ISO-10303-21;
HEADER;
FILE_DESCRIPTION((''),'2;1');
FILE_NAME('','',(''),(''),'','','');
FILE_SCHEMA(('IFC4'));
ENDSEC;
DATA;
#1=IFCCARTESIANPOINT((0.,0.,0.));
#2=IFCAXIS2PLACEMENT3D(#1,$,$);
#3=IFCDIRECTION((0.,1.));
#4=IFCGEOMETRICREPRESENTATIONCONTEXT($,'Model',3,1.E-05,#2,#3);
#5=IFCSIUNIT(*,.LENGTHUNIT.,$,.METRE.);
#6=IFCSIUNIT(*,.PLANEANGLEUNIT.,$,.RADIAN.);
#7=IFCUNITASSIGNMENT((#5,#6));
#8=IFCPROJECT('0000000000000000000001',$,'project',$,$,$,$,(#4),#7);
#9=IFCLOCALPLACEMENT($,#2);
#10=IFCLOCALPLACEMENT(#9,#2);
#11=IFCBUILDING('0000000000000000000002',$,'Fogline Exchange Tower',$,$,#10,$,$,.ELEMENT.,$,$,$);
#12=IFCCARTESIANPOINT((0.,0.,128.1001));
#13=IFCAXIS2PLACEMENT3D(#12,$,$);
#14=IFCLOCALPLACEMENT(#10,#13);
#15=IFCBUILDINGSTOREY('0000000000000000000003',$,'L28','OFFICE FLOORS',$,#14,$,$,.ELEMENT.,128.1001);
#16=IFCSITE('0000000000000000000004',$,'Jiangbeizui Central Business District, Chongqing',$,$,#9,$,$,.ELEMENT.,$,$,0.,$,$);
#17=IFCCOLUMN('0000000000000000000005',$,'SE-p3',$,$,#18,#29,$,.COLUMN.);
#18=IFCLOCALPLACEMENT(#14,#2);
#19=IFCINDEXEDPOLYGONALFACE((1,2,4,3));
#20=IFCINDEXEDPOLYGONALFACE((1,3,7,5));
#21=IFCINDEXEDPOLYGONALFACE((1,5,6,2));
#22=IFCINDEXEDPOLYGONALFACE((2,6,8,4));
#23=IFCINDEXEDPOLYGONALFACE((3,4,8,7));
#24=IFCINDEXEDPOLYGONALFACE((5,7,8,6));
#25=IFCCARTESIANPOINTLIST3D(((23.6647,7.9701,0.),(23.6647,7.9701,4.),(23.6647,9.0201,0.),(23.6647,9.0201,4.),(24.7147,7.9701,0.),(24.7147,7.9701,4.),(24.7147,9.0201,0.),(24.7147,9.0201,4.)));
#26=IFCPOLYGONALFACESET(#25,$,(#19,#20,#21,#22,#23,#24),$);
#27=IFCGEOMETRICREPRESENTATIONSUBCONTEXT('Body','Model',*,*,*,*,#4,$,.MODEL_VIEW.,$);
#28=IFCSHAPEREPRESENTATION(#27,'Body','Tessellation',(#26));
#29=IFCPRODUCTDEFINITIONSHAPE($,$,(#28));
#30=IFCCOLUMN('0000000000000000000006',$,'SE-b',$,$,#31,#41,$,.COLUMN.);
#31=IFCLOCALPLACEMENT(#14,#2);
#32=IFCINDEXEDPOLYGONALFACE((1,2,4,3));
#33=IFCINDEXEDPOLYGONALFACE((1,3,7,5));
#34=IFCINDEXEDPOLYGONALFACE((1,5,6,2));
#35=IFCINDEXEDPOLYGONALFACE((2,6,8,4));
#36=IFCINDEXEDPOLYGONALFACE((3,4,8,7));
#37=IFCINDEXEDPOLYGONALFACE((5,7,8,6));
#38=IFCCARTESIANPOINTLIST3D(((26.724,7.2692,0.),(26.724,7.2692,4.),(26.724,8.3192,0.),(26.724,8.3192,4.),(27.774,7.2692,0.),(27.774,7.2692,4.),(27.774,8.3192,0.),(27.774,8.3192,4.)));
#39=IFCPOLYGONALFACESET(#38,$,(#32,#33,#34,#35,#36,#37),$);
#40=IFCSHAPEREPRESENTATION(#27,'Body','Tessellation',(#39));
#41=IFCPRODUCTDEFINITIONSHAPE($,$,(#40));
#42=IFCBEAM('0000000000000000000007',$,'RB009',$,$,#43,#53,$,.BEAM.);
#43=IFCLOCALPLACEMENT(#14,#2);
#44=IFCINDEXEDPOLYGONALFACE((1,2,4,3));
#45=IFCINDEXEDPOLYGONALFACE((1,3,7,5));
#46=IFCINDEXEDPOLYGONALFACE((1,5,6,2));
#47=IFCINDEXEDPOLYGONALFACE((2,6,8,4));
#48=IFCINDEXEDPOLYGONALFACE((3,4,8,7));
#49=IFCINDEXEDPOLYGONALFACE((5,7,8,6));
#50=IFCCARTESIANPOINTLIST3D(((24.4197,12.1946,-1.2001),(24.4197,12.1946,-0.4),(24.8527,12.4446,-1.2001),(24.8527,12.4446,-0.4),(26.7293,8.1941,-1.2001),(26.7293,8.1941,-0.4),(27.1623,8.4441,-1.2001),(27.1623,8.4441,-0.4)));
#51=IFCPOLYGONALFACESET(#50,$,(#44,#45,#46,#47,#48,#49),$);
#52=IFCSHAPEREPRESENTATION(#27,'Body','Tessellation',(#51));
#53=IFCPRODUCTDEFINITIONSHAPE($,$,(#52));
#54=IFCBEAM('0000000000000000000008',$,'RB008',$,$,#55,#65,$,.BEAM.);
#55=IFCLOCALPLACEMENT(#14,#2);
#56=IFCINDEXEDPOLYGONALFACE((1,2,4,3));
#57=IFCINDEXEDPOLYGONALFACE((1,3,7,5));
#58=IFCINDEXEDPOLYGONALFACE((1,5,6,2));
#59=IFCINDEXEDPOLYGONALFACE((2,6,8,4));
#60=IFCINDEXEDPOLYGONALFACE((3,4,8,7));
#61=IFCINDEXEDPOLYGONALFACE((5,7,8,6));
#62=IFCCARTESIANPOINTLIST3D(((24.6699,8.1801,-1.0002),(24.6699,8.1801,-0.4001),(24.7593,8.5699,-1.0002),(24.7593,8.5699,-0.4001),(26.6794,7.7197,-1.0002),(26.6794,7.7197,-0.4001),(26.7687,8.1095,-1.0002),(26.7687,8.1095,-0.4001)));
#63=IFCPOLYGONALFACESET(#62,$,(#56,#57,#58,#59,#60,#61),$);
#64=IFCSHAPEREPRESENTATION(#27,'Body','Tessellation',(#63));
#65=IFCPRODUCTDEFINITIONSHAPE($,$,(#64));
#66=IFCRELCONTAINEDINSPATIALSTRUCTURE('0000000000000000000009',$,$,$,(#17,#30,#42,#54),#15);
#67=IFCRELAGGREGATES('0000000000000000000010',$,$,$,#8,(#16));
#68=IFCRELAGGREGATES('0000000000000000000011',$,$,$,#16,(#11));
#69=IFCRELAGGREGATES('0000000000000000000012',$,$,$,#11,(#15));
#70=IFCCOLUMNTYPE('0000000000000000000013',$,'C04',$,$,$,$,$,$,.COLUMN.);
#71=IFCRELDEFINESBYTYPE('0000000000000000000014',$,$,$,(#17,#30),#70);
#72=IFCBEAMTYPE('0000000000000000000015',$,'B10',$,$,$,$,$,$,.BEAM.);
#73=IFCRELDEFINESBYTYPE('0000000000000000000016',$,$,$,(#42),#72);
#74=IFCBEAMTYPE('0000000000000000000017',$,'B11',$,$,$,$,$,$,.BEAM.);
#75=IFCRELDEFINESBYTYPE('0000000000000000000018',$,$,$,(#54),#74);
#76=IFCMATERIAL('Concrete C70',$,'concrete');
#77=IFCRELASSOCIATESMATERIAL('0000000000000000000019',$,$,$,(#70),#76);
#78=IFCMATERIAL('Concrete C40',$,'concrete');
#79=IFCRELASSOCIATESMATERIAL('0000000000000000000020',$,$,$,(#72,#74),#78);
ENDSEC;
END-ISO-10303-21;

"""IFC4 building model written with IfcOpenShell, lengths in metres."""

from ifc_helpers import new_model, si_unit, direction, frame, origin, origin_2d, place, context, subcontext, project, spatial, rectangle, extrude, material, material_profile, profile_set, type_object, element, save


model = new_model("IFC4")

# Units and contexts
model_context = context("Model", 3, precision=1e-05, world=origin(), true_north=direction((0.0, 1.0)))
body_context = subcontext(model_context, "Body", "Model", "MODEL_VIEW")
ifc_project = project(units=[si_unit("LENGTHUNIT", "METRE"), si_unit("PLANEANGLEUNIT", "RADIAN")], contexts=[model_context])

# Site, building, storey
site_placement = place(None, origin())
site = spatial("IfcSite", under=ifc_project, at=site_placement, Name="Jiangbeizui Central Business District, Chongqing", CompositionType="ELEMENT", RefElevation=0.0)
building_placement = place(site_placement, origin())
building = spatial("IfcBuilding", under=site, at=building_placement, Name="Fogline Exchange Tower", CompositionType="ELEMENT")
storey_placement = place(building_placement, frame((0.0, 0.0, 128.1001)))
storey = spatial("IfcBuildingStorey", under=building, at=storey_placement, Name="L28", Description="OFFICE FLOORS", CompositionType="ELEMENT", Elevation=128.1001)

# Columns
ifc_material_1 = material(Name="Concrete C70", Category="concrete")
ifc_material_profile_1 = material_profile(ifc_material_1, rectangle(XDim=1.05, YDim=1.05, at=origin_2d()), Name="RC 1050x1050")
ifc_profile_set_1 = profile_set([ifc_material_profile_1], Name="Concrete C70")
column_type = type_object("IfcColumnType", Name="C04", PredefinedType="COLUMN", material=ifc_profile_set_1)
for number, where, z_axis, x_axis, name in (
    (1, (24.1897, 8.4951, 0.0), (0.0, 0.0, 1.0), (1.0, 0.0, 0.0), "SE-p3"),
    (2, (27.249, 7.7942, 0.0), (0.0, 0.0, 1.0), (1.0, 0.0, 0.0), "SE-b"),
):
    element("IfcColumn", number, at=place(storey_placement, frame(where, z_axis=z_axis, x_axis=x_axis)), inside=storey, type_object=column_type, Name=name, PredefinedType="COLUMN", context=body_context, shape_type="SweptSolid", body=[
        extrude(rectangle(XDim=1.05, YDim=1.05, at=origin_2d()), origin(), (0.0, 0.0, 1.0), 4.0),
    ])

# Beams
ifc_material_2 = material(Name="Concrete C40", Category="concrete")
ifc_material_profile_2 = material_profile(ifc_material_2, rectangle(XDim=0.5, YDim=0.8, at=origin_2d()), Name="RC 500x800")
ifc_profile_set_2 = profile_set([ifc_material_profile_2], Name="Concrete C40")
beam_type_1 = type_object("IfcBeamType", Name="B10", PredefinedType="BEAM", material=ifc_profile_set_2)
beam_1_placement = place(storey_placement, frame((26.9458, 8.3191, -0.8), z_axis=(-0.499982, 0.866036, 0.0), x_axis=(-0.866036, -0.499982, 0.0)))
element("IfcBeam", 3, at=beam_1_placement, inside=storey, type_object=beam_type_1, Name="RB009", PredefinedType="BEAM", context=body_context, shape_type="SweptSolid", body=[
    extrude(rectangle(XDim=0.5, YDim=0.8, at=origin_2d()), origin(), (0.0, 0.0, 1.0), 4.6194),
])
ifc_material_profile_3 = material_profile(ifc_material_2, rectangle(XDim=0.3999, YDim=0.6001, at=origin_2d()), Name="RC 400x600")
ifc_profile_set_3 = profile_set([ifc_material_profile_3], Name="Concrete C40")
beam_type_2 = type_object("IfcBeamType", Name="B11", PredefinedType="BEAM", material=ifc_profile_set_3)
beam_2_placement = place(storey_placement, frame((24.7146, 8.375, -0.7002), z_axis=(0.974739, -0.223346, 0.0), x_axis=(0.223346, 0.974739, 0.0)))
element("IfcBeam", 4, at=beam_2_placement, inside=storey, type_object=beam_type_2, Name="RB008", PredefinedType="BEAM", context=body_context, shape_type="SweptSolid", body=[
    extrude(rectangle(XDim=0.3999, YDim=0.6001, at=origin_2d()), origin(), (0.0, 0.0, 1.0), 2.0615),
])

save(model, "model.ifc")
